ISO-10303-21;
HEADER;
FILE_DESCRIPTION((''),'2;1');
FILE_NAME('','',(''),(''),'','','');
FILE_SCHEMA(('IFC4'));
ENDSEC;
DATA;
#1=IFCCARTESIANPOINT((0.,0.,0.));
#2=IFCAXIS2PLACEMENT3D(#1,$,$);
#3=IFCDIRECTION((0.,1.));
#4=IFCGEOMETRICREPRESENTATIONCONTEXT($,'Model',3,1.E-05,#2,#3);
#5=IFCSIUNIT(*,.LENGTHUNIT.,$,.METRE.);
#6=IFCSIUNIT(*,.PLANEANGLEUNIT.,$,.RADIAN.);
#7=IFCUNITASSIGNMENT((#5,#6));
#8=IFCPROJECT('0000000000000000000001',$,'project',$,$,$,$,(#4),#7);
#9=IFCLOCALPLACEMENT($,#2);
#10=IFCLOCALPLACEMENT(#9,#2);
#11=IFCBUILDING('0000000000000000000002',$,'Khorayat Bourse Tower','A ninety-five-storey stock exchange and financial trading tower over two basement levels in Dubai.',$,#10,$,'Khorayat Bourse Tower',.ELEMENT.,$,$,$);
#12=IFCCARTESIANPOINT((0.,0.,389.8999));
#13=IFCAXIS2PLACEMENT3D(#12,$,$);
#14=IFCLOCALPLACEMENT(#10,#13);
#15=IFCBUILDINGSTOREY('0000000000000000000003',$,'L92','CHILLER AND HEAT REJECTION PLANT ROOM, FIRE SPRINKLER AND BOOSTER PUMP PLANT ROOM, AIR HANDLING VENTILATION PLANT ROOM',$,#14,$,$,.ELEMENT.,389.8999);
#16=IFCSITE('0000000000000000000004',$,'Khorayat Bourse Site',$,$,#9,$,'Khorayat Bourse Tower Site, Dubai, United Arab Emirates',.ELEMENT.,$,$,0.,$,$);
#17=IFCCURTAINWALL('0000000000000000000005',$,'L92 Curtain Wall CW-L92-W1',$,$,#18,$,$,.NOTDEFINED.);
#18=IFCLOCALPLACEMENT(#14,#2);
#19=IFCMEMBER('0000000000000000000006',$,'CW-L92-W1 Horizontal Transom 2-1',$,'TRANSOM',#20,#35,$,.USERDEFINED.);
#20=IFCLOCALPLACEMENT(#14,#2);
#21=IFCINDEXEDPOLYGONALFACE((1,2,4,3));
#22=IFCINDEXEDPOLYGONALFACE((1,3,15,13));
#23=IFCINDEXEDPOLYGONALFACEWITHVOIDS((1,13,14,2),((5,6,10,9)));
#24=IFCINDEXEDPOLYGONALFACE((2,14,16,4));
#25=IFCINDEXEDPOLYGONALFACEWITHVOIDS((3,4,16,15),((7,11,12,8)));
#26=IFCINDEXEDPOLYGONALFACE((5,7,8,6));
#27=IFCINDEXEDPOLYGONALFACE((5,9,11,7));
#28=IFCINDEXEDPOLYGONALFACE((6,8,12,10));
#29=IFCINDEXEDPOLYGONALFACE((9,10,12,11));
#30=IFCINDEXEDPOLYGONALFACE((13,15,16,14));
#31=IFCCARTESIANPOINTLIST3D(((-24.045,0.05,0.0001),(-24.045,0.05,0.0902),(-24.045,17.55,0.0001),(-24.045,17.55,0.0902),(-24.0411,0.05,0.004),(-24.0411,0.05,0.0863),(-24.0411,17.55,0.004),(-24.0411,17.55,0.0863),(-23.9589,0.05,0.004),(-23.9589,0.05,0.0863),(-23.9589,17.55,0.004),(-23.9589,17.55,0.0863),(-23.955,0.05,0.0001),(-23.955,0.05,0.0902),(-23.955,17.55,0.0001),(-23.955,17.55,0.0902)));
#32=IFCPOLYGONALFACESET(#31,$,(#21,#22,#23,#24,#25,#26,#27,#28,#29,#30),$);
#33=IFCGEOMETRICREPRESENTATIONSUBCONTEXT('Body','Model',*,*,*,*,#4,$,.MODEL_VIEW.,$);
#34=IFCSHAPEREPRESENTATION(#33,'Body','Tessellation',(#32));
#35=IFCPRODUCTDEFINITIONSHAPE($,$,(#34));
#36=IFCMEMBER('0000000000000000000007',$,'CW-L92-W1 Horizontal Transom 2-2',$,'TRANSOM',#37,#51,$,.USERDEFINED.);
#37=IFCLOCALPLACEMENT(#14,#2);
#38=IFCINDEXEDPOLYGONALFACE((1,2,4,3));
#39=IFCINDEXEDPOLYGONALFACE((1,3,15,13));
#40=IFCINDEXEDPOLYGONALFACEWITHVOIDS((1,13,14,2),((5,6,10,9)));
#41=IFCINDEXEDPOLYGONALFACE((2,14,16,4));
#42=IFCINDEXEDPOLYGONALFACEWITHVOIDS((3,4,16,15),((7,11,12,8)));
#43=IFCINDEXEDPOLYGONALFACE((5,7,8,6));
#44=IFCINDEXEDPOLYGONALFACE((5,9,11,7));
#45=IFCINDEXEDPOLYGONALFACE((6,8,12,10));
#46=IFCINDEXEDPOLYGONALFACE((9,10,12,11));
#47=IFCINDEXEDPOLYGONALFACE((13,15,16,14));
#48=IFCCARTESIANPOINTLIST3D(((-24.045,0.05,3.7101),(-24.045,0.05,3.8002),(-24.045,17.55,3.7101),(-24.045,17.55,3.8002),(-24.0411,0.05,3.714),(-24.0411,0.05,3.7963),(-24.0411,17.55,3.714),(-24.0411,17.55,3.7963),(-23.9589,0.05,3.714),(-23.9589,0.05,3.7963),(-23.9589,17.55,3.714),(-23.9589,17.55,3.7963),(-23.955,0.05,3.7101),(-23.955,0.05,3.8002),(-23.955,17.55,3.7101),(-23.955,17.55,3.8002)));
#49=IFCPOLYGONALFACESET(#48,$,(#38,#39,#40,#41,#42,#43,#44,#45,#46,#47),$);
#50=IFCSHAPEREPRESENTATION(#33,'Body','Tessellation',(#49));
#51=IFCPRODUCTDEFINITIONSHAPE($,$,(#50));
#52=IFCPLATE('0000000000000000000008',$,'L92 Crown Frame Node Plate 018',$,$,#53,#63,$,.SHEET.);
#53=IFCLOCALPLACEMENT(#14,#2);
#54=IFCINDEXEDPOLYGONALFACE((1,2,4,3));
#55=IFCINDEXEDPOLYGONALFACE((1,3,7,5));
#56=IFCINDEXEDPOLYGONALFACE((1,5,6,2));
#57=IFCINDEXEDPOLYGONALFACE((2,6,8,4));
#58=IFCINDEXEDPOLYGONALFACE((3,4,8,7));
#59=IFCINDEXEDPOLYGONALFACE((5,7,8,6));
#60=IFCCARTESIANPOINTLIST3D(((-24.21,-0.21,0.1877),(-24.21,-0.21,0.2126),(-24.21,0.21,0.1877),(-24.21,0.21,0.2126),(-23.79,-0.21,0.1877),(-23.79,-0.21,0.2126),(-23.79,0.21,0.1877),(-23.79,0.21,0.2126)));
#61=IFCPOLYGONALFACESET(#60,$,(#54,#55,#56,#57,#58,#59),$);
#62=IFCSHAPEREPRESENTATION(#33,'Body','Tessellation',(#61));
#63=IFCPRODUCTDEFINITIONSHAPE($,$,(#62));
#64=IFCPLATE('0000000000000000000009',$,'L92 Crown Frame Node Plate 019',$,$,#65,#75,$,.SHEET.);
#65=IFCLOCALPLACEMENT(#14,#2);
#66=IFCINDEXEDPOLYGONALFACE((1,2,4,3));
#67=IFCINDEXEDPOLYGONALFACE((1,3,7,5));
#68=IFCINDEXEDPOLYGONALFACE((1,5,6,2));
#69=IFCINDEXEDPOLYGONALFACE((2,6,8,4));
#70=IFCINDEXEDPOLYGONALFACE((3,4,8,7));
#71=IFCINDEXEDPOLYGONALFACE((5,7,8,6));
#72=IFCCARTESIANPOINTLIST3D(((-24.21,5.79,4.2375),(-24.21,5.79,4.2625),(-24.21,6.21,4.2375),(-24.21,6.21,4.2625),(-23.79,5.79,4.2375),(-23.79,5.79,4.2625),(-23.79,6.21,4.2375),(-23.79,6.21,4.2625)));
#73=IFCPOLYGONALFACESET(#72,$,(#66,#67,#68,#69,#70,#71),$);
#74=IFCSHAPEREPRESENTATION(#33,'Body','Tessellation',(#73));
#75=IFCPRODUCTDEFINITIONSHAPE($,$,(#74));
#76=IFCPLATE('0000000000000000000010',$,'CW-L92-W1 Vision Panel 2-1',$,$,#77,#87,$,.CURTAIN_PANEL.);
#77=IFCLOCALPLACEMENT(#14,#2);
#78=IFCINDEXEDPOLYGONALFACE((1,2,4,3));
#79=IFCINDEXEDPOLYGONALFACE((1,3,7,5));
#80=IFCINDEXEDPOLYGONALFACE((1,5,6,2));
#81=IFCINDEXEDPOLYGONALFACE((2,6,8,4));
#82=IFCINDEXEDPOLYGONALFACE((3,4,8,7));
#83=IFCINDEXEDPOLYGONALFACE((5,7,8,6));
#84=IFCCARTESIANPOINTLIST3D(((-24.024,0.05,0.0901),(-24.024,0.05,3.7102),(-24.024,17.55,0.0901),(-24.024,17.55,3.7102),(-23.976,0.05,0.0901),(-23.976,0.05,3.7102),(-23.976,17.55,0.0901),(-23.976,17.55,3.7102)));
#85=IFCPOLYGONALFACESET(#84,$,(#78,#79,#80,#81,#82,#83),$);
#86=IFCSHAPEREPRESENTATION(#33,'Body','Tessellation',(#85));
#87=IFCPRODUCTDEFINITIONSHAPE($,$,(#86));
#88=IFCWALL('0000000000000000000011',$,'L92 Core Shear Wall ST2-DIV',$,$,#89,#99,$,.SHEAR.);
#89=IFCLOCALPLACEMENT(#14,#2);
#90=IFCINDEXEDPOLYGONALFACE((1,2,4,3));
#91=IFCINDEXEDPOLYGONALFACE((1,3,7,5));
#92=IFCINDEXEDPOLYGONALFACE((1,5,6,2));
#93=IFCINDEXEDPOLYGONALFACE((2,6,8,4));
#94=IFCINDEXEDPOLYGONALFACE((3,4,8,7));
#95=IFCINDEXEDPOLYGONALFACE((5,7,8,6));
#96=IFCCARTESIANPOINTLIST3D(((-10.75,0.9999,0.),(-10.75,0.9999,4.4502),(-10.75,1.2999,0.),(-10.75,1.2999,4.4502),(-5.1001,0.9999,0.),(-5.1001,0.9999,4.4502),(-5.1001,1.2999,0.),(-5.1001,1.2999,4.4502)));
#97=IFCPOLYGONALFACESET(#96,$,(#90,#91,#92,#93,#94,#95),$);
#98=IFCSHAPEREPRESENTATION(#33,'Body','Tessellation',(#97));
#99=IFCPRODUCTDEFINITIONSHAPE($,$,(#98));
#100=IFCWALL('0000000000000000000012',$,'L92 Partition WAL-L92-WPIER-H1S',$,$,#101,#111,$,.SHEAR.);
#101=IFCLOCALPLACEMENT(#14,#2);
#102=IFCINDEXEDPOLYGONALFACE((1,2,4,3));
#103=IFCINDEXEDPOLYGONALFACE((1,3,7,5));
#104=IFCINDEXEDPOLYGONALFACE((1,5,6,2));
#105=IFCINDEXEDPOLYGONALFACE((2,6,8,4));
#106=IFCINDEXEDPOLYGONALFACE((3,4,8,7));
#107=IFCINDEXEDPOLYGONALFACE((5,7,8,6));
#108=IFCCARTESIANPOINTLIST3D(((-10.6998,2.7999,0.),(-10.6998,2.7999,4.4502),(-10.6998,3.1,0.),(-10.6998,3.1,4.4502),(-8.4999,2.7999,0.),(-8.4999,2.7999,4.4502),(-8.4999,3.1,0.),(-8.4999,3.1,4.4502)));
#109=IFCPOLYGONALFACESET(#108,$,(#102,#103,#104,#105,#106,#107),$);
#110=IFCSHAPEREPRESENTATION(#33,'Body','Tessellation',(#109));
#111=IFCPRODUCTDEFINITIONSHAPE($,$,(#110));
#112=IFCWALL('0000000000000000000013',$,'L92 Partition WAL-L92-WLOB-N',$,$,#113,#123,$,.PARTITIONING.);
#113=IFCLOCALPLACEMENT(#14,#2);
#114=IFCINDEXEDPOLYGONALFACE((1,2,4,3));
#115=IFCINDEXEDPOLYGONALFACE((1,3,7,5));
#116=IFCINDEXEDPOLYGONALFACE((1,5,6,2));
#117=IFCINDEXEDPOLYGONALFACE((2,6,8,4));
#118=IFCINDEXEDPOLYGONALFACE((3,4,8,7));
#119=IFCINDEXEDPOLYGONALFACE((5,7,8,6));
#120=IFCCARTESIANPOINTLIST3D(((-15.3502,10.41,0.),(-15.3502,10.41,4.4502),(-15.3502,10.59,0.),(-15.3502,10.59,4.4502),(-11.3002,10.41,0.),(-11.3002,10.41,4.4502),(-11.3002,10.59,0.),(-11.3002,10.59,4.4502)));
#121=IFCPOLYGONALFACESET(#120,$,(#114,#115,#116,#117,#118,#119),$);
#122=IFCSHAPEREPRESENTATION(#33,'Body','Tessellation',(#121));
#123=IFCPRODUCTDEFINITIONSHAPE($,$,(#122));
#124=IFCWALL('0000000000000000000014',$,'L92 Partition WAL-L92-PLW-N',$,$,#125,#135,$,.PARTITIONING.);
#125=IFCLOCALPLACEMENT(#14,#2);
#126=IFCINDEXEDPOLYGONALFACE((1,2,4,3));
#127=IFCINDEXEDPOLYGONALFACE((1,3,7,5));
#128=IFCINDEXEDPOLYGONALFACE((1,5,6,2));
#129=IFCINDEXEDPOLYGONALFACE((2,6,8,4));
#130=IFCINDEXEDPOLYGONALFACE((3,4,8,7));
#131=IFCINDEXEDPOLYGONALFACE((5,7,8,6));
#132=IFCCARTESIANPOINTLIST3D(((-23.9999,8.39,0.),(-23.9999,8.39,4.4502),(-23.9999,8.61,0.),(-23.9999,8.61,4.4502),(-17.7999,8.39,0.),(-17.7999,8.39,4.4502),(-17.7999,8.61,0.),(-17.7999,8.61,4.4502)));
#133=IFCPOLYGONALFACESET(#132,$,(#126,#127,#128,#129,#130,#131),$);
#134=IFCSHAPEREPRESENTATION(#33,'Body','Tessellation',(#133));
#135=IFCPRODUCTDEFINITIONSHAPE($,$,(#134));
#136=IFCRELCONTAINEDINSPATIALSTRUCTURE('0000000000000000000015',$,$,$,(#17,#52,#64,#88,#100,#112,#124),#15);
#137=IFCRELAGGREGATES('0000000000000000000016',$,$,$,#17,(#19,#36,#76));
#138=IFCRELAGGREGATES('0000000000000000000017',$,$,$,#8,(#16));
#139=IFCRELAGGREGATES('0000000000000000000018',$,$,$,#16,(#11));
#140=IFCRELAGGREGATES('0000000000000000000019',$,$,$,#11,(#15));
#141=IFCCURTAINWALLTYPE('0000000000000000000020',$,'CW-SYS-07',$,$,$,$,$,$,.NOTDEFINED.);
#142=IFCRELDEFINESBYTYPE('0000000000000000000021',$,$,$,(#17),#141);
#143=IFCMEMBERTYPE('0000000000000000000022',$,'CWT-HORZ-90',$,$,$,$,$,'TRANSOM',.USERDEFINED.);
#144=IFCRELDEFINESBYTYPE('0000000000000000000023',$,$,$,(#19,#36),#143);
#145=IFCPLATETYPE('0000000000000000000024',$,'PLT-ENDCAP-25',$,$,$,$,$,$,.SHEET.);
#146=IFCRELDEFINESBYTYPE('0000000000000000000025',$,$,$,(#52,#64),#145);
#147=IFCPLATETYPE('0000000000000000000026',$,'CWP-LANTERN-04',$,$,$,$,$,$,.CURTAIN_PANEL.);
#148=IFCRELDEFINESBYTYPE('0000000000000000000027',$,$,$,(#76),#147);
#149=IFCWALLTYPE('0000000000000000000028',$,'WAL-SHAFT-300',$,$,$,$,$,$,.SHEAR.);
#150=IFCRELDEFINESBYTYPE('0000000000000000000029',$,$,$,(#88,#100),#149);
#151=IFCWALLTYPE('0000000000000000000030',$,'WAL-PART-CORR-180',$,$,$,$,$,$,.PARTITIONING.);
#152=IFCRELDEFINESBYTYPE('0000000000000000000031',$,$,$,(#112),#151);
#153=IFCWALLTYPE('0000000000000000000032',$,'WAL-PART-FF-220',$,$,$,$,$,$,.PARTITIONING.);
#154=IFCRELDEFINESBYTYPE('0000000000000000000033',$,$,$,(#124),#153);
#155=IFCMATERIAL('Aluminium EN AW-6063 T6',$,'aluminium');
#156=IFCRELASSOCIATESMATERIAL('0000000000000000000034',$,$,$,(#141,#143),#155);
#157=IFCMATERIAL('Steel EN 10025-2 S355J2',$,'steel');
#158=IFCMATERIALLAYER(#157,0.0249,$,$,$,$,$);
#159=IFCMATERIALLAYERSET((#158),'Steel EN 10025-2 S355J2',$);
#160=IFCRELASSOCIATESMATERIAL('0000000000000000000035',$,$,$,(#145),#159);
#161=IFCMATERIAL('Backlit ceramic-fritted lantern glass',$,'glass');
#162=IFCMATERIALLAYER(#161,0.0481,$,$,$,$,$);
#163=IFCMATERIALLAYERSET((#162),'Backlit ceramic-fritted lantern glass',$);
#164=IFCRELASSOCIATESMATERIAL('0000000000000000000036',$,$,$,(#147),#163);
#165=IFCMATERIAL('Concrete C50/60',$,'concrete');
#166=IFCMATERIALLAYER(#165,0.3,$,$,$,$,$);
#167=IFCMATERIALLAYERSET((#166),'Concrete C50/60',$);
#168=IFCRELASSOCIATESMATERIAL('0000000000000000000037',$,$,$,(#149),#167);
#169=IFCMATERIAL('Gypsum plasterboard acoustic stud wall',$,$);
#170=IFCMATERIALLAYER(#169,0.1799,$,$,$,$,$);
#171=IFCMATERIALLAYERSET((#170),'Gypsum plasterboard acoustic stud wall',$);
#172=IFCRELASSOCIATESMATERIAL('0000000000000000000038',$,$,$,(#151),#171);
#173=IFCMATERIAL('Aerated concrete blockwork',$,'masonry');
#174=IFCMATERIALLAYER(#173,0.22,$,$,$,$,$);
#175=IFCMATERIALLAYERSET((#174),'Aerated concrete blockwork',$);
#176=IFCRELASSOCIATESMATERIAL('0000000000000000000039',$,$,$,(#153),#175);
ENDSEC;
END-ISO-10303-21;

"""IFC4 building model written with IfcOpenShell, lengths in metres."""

from ifc_helpers import new_model, si_unit, direction, frame, frame_2d, origin, origin_2d, place, context, subcontext, project, spatial, rectangle, hollow_rectangle, extrude, source, transform, mapped, material, layer, layer_set, material_profile, profile_set, type_object, element, aggregate, save


model = new_model("IFC4")

# Units and contexts
model_context = context("Model", 3, precision=1e-05, world=origin(), true_north=direction((0.0, 1.0)))
body_context = subcontext(model_context, "Body", "Model", "MODEL_VIEW")
ifc_project = project(units=[si_unit("LENGTHUNIT", "METRE"), si_unit("PLANEANGLEUNIT", "RADIAN")], contexts=[model_context])

# Site, building, storey
site_placement = place(None, origin())
site = spatial("IfcSite", under=ifc_project, at=site_placement, Name="Khorayat Bourse Site", LongName="Khorayat Bourse Tower Site, Dubai, United Arab Emirates", CompositionType="ELEMENT", RefElevation=0.0)
building_placement = place(site_placement, origin())
building = spatial("IfcBuilding", under=site, at=building_placement, Name="Khorayat Bourse Tower", Description="A ninety-five-storey stock exchange and financial trading tower over two basement levels in Dubai.", LongName="Khorayat Bourse Tower", CompositionType="ELEMENT")
storey_placement = place(building_placement, frame((0.0, 0.0, 389.8999)))
storey = spatial("IfcBuildingStorey", under=building, at=storey_placement, Name="L92", Description="CHILLER AND HEAT REJECTION PLANT ROOM, FIRE SPRINKLER AND BOOSTER PUMP PLANT ROOM, AIR HANDLING VENTILATION PLANT ROOM", CompositionType="ELEMENT", Elevation=389.8999)

# Shared definitions
ifc_material_1 = material(Name="Steel EN 10025-2 S355J2", Category="steel")

# Curtain wall, members
ifc_material_2 = material(Name="Aluminium EN AW-6063 T6", Category="aluminium")
curtain_wall_type = type_object("IfcCurtainWallType", Name="CW-SYS-07", PredefinedType="NOTDEFINED", material=ifc_material_2)
curtain_wall_placement = place(storey_placement, origin())
curtain_wall = element("IfcCurtainWall", 1, at=curtain_wall_placement, inside=storey, type_object=curtain_wall_type, Name="L92 Curtain Wall CW-L92-W1", PredefinedType="NOTDEFINED")
ifc_material_profile_1 = material_profile(ifc_material_2, hollow_rectangle(XDim=0.0901, YDim=0.0901, WallThickness=0.0039, at=origin_2d()), Name="ALU 90x90x4")
ifc_profile_set_1 = profile_set([ifc_material_profile_1], Name="Aluminium EN AW-6063 T6")
member_type_1 = type_object("IfcMemberType", Name="CWT-HORZ-90", ElementType="TRANSOM", PredefinedType="USERDEFINED", material=ifc_profile_set_1)
shared_shape_1 = source(origin(), body_context, "Body", "SweptSolid", [
    extrude(hollow_rectangle(XDim=0.0901, YDim=0.0901, WallThickness=0.0039, at=origin_2d()), origin(), (0.0, 0.0, 1.0), 17.5),
])
member_1_placement = place(storey_placement, frame((-24.0, 0.05, 0.0452), z_axis=(0.0, 1.0, 0.0), x_axis=(-1.0, 0.0, 0.0)))
member_1 = element("IfcMember", 2, at=member_1_placement, type_object=member_type_1, Name="CW-L92-W1 Horizontal Transom 2-1", ObjectType="TRANSOM", PredefinedType="USERDEFINED", context=body_context, shape_type="MappedRepresentation", body=[
    mapped(shared_shape_1, transform((0.0, 0.0, 0.0), scale=1.0)),
])
member_2_placement = place(storey_placement, frame((-24.0, 0.05, 3.7551), z_axis=(0.0, 1.0, 0.0), x_axis=(-1.0, 0.0, 0.0)))
member_2 = element("IfcMember", 3, at=member_2_placement, type_object=member_type_1, Name="CW-L92-W1 Horizontal Transom 2-2", ObjectType="TRANSOM", PredefinedType="USERDEFINED", context=body_context, shape_type="MappedRepresentation", body=[
    mapped(shared_shape_1, transform((0.0, 0.0, 0.0), scale=1.0)),
])

# Plates
ifc_layer_1 = layer(ifc_material_1, 0.0249)
ifc_layer_set_1 = layer_set([ifc_layer_1], Name="Steel EN 10025-2 S355J2")
plate_type_1 = type_object("IfcPlateType", Name="PLT-ENDCAP-25", PredefinedType="SHEET", material=ifc_layer_set_1)
shared_shape_2 = source(origin(), body_context, "Body", "SweptSolid", [
    extrude(rectangle(XDim=0.4199, YDim=0.4199, at=origin_2d()), origin(), (0.0, 0.0, 1.0), 0.0249),
])
for number, where, z_axis, x_axis, name in (
    (4, (-24.0, 0.0, 0.1877), (0.0, 0.0, 1.0), (1.0, 0.0, 0.0), "L92 Crown Frame Node Plate 018"),
    (5, (-24.0, 6.0, 4.2375), (0.0, 0.0, 1.0), (1.0, 0.0, 0.0), "L92 Crown Frame Node Plate 019"),
):
    element("IfcPlate", number, at=place(storey_placement, frame(where, z_axis=z_axis, x_axis=x_axis)), inside=storey, type_object=plate_type_1, Name=name, PredefinedType="SHEET", context=body_context, shape_type="MappedRepresentation", body=[
        mapped(shared_shape_2, transform((0.0, 0.0, 0.0), scale=1.0)),
    ])

# Plate
ifc_material_3 = material(Name="Backlit ceramic-fritted lantern glass", Category="glass")
ifc_layer_2 = layer(ifc_material_3, 0.0481)
ifc_layer_set_2 = layer_set([ifc_layer_2], Name="Backlit ceramic-fritted lantern glass")
plate_type_2 = type_object("IfcPlateType", Name="CWP-LANTERN-04", PredefinedType="CURTAIN_PANEL", material=ifc_layer_set_2)
shared_shape_3 = source(origin(), body_context, "Body", "SweptSolid", [
    extrude(rectangle(XDim=17.5, YDim=0.0481, at=origin_2d()), origin(), (0.0, 0.0, 1.0), 3.6201),
])
plate_placement = place(storey_placement, frame((-24.0, 8.8, 0.0901), z_axis=(0.0, 0.0, 1.0), x_axis=(0.0, 1.0, 0.0)))
plate = element("IfcPlate", 6, at=plate_placement, type_object=plate_type_2, Name="CW-L92-W1 Vision Panel 2-1", PredefinedType="CURTAIN_PANEL", context=body_context, shape_type="MappedRepresentation", body=[
    mapped(shared_shape_3, transform((0.0, 0.0, 0.0), scale=1.0)),
])
aggregate(curtain_wall, [member_1, member_2, plate])

# Walls
ifc_material_4 = material(Name="Concrete C50/60", Category="concrete")
ifc_layer_3 = layer(ifc_material_4, 0.3)
ifc_layer_set_3 = layer_set([ifc_layer_3], Name="Concrete C50/60")
wall_type_1 = type_object("IfcWallType", Name="WAL-SHAFT-300", PredefinedType="SHEAR", material=ifc_layer_set_3)
shared_shape_4 = source(origin(), body_context, "Body", "SweptSolid", [
    extrude(rectangle(XDim=5.6499, YDim=0.3, at=frame_2d((2.825, 0.0))), origin(), (0.0, 0.0, 1.0), 4.4502),
])
wall_1_placement = place(storey_placement, frame((-10.75, 1.1499, 0.0), z_axis=(0.0, 0.0, 1.0), x_axis=(1.0, 0.0, 0.0)))
element("IfcWall", 7, at=wall_1_placement, inside=storey, type_object=wall_type_1, Name="L92 Core Shear Wall ST2-DIV", PredefinedType="SHEAR", context=body_context, shape_type="MappedRepresentation", body=[
    mapped(shared_shape_4, transform((0.0, 0.0, 0.0), scale=1.0)),
])
shared_shape_5 = source(origin(), body_context, "Body", "SweptSolid", [
    extrude(rectangle(XDim=2.2, YDim=0.3, at=frame_2d((1.1001, 0.0))), origin(), (0.0, 0.0, 1.0), 4.4502),
])
wall_2_placement = place(storey_placement, frame((-10.7, 2.95, 0.0), z_axis=(0.0, 0.0, 1.0), x_axis=(1.0, 0.0, 0.0)))
element("IfcWall", 8, at=wall_2_placement, inside=storey, type_object=wall_type_1, Name="L92 Partition WAL-L92-WPIER-H1S", PredefinedType="SHEAR", context=body_context, shape_type="MappedRepresentation", body=[
    mapped(shared_shape_5, transform((0.0, 0.0, 0.0), scale=1.0)),
])
ifc_material_5 = material(Name="Gypsum plasterboard acoustic stud wall")
ifc_layer_4 = layer(ifc_material_5, 0.1799)
ifc_layer_set_4 = layer_set([ifc_layer_4], Name="Gypsum plasterboard acoustic stud wall")
wall_type_2 = type_object("IfcWallType", Name="WAL-PART-CORR-180", PredefinedType="PARTITIONING", material=ifc_layer_set_4)
shared_shape_6 = source(origin(), body_context, "Body", "SweptSolid", [
    extrude(rectangle(XDim=4.05, YDim=0.1799, at=frame_2d((2.0249, 0.0))), origin(), (0.0, 0.0, 1.0), 4.4502),
])
wall_3_placement = place(storey_placement, frame((-15.3501, 10.5, 0.0), z_axis=(0.0, 0.0, 1.0), x_axis=(1.0, 0.0, 0.0)))
element("IfcWall", 9, at=wall_3_placement, inside=storey, type_object=wall_type_2, Name="L92 Partition WAL-L92-WLOB-N", PredefinedType="PARTITIONING", context=body_context, shape_type="MappedRepresentation", body=[
    mapped(shared_shape_6, transform((0.0, 0.0, 0.0), scale=1.0)),
])
ifc_material_6 = material(Name="Aerated concrete blockwork", Category="masonry")
ifc_layer_5 = layer(ifc_material_6, 0.22)
ifc_layer_set_5 = layer_set([ifc_layer_5], Name="Aerated concrete blockwork")
wall_type_3 = type_object("IfcWallType", Name="WAL-PART-FF-220", PredefinedType="PARTITIONING", material=ifc_layer_set_5)
shared_shape_7 = source(origin(), body_context, "Body", "SweptSolid", [
    extrude(rectangle(XDim=6.2, YDim=0.22, at=frame_2d((3.1001, 0.0))), origin(), (0.0, 0.0, 1.0), 4.4502),
])
wall_4_placement = place(storey_placement, frame((-24.0, 8.5, 0.0), z_axis=(0.0, 0.0, 1.0), x_axis=(1.0, 0.0, 0.0)))
element("IfcWall", 10, at=wall_4_placement, inside=storey, type_object=wall_type_3, Name="L92 Partition WAL-L92-PLW-N", PredefinedType="PARTITIONING", context=body_context, shape_type="MappedRepresentation", body=[
    mapped(shared_shape_7, transform((0.0, 0.0, 0.0), scale=1.0)),
])

save(model, "model.ifc")
